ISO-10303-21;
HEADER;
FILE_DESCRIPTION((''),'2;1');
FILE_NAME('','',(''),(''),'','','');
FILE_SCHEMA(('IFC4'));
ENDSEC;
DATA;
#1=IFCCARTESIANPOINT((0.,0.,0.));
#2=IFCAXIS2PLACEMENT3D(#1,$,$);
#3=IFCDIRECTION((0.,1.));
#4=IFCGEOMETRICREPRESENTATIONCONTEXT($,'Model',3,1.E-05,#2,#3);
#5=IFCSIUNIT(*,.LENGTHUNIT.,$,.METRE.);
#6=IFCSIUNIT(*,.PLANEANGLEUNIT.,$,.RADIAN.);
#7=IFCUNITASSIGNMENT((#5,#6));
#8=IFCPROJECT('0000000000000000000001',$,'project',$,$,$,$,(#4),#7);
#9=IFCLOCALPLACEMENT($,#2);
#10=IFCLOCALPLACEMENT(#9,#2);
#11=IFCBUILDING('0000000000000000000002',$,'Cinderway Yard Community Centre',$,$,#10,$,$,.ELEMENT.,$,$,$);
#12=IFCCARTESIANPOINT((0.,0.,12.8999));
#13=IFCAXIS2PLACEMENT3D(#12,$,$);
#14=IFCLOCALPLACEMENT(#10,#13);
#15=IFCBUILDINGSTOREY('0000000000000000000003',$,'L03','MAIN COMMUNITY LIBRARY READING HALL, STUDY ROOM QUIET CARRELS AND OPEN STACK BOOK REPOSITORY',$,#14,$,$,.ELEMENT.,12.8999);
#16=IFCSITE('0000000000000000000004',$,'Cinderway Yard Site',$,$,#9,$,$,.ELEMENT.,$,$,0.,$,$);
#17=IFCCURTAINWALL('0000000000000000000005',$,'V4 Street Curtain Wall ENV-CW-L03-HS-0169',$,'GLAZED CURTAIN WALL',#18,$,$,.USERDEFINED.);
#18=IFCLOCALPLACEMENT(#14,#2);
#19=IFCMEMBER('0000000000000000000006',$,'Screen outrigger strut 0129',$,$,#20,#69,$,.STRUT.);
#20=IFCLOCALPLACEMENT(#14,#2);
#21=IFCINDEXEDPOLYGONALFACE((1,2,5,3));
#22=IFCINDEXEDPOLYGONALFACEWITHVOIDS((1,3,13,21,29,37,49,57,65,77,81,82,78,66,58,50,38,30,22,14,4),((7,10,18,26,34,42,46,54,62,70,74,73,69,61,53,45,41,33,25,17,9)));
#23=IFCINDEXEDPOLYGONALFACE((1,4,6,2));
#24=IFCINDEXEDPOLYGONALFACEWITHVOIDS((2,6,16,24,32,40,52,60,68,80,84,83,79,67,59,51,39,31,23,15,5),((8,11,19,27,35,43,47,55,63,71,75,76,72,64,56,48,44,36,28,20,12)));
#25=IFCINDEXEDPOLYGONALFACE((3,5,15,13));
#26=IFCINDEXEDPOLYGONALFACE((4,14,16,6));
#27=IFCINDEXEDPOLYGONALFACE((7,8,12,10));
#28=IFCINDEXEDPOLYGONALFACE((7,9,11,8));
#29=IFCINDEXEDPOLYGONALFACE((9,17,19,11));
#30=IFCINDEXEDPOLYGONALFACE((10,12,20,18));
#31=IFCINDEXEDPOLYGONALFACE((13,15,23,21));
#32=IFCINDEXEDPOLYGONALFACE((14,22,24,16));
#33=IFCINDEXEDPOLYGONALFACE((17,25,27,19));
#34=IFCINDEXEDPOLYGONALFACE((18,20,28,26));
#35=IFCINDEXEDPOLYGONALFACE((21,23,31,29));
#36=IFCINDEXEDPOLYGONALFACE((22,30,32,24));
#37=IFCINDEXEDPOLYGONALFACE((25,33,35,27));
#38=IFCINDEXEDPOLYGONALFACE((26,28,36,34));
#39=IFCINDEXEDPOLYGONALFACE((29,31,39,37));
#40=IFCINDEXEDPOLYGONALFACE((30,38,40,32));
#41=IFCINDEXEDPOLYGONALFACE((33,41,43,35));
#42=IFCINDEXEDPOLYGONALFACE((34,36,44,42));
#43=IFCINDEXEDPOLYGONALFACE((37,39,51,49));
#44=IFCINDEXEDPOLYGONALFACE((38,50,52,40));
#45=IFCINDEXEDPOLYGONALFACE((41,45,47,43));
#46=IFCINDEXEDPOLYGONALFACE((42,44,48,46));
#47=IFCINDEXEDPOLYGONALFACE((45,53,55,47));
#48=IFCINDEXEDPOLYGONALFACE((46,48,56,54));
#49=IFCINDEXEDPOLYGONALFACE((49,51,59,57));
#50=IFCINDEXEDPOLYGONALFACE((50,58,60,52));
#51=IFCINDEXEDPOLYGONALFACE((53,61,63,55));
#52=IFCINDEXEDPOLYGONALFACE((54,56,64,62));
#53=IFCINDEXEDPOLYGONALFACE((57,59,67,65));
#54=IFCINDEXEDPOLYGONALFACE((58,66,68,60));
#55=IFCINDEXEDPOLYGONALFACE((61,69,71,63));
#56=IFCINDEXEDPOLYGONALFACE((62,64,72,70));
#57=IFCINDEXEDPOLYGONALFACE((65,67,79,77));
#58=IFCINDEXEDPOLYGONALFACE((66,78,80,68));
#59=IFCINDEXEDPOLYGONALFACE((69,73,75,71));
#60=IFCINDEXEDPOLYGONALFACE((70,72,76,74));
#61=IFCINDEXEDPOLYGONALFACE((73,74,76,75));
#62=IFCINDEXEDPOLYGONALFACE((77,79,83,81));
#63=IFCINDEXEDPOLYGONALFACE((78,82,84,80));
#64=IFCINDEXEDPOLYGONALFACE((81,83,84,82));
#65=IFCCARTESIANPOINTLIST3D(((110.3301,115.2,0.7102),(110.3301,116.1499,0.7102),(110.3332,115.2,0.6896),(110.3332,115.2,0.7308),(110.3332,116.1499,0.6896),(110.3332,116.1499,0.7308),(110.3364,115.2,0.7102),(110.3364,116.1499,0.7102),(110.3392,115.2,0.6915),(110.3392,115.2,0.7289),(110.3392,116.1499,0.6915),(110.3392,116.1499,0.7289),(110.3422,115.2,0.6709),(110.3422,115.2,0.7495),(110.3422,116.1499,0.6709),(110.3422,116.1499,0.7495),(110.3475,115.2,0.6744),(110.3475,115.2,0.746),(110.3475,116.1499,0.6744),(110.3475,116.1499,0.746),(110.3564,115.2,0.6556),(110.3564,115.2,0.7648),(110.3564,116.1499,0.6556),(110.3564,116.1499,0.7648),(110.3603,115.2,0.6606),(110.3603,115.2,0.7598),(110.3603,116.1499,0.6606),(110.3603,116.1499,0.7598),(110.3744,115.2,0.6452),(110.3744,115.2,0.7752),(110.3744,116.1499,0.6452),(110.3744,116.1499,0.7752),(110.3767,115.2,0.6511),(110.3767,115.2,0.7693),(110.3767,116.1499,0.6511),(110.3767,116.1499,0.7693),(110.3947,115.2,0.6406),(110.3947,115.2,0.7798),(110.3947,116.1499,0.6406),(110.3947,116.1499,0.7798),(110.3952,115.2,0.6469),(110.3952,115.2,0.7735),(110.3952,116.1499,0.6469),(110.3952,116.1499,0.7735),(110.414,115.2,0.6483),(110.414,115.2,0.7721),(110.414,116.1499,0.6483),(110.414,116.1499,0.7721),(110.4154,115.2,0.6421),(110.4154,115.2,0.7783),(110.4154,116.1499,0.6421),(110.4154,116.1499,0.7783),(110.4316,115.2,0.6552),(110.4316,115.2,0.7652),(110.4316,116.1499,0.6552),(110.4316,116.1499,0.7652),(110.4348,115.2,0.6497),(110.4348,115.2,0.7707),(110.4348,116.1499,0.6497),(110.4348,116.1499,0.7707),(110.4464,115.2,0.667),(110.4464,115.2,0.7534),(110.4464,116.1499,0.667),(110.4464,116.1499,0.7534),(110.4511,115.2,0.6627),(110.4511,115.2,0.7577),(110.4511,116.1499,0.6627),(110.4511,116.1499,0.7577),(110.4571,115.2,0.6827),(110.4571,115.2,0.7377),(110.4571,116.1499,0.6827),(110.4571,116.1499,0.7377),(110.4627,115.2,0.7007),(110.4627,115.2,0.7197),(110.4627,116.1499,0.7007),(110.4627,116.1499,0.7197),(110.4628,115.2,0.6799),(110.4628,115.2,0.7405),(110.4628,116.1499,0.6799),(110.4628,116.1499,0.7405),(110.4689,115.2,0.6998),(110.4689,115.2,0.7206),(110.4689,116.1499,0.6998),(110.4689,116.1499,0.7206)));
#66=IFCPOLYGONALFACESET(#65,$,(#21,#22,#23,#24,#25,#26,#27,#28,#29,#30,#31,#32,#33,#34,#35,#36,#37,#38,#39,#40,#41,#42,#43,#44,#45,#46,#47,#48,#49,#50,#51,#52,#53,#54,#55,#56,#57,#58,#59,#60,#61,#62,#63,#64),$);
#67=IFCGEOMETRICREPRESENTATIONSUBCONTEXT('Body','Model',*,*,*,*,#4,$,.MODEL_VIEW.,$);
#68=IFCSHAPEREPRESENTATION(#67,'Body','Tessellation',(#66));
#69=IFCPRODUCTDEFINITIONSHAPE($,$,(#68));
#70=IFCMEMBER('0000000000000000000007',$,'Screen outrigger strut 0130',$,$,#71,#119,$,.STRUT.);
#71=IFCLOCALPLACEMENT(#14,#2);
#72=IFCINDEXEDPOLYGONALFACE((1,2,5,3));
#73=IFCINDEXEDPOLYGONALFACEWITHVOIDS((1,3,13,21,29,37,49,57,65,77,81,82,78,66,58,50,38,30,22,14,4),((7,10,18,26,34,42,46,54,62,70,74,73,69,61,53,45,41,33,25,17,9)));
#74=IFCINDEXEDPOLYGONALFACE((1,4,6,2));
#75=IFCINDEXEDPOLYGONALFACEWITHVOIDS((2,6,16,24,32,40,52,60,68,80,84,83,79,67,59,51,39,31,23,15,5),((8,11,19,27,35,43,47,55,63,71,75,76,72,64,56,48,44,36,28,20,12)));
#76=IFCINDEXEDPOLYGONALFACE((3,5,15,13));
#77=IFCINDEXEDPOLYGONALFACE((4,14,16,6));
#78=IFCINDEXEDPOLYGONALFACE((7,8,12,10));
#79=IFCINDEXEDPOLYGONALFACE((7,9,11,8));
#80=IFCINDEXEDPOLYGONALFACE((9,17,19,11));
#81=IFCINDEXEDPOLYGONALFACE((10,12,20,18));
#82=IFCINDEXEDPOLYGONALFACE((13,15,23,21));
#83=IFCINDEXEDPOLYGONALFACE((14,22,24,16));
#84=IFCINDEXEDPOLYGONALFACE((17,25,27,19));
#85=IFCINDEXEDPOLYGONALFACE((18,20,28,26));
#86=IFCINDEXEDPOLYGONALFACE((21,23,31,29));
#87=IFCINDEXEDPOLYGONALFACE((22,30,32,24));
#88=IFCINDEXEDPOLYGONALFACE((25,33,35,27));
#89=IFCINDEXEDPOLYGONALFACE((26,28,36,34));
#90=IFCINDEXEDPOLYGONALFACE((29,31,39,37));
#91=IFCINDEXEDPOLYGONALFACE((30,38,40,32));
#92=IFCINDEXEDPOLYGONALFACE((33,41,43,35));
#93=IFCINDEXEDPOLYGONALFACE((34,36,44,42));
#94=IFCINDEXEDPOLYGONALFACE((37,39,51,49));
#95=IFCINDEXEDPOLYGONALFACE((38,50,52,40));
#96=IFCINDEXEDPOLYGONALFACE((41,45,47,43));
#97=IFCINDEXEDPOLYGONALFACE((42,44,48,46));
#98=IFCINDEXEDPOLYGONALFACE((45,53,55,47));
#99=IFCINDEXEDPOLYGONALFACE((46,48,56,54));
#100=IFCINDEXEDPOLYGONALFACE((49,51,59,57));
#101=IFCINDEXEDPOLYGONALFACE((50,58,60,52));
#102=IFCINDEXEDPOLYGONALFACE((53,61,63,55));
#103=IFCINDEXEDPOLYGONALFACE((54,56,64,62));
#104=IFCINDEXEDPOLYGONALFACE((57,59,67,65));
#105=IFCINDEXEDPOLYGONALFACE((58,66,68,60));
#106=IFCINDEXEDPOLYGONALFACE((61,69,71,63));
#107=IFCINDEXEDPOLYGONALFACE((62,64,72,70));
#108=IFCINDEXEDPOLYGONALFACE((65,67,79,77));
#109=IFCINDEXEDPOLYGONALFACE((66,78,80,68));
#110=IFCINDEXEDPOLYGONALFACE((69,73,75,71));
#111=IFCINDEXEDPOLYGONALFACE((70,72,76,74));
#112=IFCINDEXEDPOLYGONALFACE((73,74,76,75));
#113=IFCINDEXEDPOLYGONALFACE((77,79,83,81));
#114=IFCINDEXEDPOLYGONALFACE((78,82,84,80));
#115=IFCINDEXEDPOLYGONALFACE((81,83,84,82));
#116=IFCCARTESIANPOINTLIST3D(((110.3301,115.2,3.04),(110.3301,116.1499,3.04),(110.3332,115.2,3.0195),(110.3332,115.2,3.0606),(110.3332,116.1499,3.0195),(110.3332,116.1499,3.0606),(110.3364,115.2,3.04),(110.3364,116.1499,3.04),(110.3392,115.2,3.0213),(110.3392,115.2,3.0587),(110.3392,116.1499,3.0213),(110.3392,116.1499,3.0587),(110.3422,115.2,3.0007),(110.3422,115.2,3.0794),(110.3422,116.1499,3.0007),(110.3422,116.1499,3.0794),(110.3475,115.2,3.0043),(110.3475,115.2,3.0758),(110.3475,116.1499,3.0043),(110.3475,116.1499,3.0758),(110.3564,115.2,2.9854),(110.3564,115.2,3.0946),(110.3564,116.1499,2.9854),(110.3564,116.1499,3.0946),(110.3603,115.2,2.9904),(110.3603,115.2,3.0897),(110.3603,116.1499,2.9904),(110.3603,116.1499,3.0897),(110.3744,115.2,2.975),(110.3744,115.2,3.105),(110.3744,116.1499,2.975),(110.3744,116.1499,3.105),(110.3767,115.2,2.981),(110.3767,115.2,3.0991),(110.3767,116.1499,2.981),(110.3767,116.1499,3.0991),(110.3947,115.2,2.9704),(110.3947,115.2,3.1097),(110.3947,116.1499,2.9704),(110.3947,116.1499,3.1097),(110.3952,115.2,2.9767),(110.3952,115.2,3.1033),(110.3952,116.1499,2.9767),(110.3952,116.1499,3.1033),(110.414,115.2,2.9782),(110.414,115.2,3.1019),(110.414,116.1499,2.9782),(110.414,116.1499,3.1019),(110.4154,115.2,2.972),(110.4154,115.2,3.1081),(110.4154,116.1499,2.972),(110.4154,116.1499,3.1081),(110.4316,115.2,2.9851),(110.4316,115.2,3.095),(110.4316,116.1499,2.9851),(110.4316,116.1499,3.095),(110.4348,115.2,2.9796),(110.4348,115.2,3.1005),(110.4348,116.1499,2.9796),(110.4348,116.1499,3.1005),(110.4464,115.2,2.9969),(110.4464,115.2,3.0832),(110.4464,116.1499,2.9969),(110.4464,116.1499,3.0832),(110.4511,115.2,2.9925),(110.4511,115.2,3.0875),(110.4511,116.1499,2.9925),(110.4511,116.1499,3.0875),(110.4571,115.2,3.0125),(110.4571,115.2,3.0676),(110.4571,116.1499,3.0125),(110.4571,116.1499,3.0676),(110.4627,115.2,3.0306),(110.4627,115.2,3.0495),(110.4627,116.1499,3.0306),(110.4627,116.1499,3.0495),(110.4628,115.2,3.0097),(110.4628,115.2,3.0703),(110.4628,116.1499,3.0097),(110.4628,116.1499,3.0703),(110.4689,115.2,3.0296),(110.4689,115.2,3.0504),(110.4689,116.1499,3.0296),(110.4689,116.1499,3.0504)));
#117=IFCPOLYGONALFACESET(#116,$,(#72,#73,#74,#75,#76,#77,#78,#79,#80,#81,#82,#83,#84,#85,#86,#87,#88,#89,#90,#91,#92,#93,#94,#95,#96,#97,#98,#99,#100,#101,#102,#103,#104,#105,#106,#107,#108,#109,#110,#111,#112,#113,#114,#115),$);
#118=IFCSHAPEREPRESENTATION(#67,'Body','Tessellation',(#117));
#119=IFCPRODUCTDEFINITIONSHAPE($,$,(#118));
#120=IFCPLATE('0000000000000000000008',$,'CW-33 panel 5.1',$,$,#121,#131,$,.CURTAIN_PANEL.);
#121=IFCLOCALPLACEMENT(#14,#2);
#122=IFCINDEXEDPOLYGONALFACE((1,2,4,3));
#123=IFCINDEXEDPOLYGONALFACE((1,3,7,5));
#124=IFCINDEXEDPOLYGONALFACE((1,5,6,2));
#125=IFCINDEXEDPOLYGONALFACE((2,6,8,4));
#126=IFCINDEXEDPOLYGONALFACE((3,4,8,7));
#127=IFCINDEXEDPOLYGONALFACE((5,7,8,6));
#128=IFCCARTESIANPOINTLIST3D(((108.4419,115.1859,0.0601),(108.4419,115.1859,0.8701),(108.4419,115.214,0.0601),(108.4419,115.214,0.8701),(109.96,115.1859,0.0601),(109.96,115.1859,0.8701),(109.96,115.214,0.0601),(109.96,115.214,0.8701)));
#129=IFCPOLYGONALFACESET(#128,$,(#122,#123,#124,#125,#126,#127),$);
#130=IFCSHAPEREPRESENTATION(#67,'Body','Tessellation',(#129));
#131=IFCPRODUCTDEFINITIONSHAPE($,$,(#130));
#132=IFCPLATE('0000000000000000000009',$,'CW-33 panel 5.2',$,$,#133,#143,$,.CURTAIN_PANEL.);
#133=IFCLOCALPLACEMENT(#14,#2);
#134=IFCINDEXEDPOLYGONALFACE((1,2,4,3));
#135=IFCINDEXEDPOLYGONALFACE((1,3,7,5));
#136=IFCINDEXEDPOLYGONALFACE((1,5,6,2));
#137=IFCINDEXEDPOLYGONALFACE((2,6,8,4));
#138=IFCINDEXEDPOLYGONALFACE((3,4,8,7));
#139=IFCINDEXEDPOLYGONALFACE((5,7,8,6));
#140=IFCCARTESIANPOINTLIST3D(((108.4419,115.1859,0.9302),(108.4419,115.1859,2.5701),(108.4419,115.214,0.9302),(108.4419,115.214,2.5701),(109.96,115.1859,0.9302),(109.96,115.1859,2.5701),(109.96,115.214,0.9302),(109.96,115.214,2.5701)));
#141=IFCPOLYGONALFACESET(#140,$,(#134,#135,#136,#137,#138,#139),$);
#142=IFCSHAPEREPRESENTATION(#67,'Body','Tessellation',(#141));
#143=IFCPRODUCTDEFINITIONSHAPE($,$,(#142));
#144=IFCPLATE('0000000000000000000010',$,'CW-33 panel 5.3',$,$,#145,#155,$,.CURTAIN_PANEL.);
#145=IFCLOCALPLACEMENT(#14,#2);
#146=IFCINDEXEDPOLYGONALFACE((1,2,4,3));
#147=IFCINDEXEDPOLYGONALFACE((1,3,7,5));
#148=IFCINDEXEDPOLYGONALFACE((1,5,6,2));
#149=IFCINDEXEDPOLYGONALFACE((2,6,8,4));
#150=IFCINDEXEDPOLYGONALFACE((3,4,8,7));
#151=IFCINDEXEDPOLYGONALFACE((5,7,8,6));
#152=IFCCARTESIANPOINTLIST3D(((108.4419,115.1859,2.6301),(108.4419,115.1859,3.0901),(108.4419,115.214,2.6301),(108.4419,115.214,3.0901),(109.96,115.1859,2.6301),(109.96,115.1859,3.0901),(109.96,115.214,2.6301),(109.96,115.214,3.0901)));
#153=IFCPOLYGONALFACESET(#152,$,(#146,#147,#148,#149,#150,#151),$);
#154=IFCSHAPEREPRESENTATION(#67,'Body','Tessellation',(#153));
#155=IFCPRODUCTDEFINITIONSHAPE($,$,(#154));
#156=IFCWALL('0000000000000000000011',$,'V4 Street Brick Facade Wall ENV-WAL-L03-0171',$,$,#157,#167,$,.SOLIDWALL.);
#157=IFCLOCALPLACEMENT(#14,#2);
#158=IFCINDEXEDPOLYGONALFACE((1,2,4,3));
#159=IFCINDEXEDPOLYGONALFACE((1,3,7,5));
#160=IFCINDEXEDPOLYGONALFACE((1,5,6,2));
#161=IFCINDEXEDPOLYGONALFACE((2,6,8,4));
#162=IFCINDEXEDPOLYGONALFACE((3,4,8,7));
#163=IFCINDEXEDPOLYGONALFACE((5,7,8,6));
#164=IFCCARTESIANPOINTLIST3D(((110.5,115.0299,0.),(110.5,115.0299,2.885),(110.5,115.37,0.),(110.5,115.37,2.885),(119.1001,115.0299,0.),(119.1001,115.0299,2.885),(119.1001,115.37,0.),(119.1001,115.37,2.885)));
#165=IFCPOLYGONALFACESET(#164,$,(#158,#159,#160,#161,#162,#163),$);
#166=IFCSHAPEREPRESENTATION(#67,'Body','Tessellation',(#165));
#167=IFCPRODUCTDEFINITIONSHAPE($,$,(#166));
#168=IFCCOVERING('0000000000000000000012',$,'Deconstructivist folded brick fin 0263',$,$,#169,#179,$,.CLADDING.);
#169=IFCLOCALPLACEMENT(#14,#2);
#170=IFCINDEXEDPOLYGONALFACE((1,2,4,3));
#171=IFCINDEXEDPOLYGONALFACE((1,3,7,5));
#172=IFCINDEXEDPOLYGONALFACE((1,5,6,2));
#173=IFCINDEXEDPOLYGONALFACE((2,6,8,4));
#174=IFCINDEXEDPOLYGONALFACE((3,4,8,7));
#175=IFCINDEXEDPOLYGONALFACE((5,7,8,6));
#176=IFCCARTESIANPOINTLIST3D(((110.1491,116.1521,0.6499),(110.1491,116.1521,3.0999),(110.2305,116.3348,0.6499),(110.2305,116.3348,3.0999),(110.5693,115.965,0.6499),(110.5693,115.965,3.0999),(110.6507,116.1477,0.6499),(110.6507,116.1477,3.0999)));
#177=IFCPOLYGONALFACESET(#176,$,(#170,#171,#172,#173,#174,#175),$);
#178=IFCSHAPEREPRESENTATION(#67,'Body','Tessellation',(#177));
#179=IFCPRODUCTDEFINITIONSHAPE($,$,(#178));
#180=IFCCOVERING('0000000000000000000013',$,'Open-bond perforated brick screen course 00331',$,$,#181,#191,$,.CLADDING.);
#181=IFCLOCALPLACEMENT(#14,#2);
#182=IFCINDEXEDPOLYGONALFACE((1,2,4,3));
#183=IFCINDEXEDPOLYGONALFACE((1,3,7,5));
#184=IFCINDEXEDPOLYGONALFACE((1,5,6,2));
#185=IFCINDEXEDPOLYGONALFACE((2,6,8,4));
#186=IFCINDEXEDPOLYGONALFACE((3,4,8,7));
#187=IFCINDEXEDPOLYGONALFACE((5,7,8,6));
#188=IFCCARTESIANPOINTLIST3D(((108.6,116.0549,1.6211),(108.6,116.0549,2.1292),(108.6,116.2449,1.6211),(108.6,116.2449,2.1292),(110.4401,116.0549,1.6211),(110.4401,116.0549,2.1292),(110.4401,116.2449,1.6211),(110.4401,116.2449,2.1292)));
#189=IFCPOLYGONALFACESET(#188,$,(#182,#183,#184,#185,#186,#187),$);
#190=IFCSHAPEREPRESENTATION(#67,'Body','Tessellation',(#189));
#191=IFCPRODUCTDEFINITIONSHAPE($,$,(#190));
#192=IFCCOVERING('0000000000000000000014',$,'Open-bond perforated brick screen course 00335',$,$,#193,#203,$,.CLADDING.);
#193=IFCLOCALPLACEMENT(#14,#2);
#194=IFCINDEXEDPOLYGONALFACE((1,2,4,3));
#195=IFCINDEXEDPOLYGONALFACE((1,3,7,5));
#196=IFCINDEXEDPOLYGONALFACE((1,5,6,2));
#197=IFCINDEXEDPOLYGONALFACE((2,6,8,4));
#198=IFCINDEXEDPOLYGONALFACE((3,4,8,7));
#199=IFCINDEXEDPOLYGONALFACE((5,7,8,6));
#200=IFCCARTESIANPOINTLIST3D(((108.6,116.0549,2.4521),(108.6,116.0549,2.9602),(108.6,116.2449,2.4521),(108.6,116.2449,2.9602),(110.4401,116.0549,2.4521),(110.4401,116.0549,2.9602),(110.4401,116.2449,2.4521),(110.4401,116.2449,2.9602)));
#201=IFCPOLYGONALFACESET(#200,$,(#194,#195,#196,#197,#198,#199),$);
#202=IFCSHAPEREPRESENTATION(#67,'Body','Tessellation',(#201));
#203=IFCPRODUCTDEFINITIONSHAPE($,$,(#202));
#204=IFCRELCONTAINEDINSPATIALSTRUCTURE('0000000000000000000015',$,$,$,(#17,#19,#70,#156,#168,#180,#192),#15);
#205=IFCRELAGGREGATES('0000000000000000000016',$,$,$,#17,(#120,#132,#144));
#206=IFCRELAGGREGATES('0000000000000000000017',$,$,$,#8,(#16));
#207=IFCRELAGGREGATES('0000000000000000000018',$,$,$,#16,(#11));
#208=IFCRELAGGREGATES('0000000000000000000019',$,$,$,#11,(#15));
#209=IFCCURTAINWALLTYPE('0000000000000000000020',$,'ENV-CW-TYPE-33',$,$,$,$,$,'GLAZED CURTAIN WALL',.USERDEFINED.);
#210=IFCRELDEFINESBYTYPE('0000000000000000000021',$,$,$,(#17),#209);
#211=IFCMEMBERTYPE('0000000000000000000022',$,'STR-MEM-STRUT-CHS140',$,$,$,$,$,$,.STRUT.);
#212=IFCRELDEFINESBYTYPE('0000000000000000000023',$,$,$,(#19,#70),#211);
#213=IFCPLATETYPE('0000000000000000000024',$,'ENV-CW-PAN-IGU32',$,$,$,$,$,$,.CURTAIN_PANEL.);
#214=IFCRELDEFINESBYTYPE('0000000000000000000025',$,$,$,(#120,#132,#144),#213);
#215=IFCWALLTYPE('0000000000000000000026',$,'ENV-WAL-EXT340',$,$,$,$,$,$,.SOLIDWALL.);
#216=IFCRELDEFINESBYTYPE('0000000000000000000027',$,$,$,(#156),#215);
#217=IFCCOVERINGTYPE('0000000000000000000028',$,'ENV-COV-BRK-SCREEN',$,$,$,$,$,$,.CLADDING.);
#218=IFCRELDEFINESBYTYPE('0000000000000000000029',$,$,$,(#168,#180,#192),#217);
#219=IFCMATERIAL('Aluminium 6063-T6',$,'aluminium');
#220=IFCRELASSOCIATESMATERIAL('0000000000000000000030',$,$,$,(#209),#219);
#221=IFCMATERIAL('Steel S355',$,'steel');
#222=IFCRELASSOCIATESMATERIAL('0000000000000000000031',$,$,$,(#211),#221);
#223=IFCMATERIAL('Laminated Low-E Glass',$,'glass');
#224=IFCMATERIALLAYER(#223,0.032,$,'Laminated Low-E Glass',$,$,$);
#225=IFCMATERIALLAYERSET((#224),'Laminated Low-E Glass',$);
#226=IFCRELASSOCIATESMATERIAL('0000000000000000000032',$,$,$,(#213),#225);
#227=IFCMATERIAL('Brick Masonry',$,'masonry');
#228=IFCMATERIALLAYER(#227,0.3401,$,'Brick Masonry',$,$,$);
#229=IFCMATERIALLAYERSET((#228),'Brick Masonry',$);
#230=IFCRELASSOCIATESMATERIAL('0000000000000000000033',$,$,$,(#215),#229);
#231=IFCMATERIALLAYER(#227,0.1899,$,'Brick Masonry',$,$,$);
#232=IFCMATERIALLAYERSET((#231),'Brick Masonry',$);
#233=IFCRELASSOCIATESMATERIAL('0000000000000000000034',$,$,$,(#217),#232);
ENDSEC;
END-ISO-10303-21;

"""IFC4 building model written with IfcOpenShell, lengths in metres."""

from ifc_helpers import new_model, si_unit, direction, frame, frame_2d, origin, origin_2d, place, context, subcontext, project, spatial, rectangle, hollow_circle, extrude, material, layer, layer_set, material_profile, profile_set, type_object, element, aggregate, save


model = new_model("IFC4")

# Units and contexts
model_context = context("Model", 3, precision=1e-05, world=origin(), true_north=direction((0.0, 1.0)))
body_context = subcontext(model_context, "Body", "Model", "MODEL_VIEW")
ifc_project = project(units=[si_unit("LENGTHUNIT", "METRE"), si_unit("PLANEANGLEUNIT", "RADIAN")], contexts=[model_context])

# Site, building, storey
site_placement = place(None, origin())
site = spatial("IfcSite", under=ifc_project, at=site_placement, Name="Cinderway Yard Site", CompositionType="ELEMENT", RefElevation=0.0)
building_placement = place(site_placement, origin())
building = spatial("IfcBuilding", under=site, at=building_placement, Name="Cinderway Yard Community Centre", CompositionType="ELEMENT")
storey_placement = place(building_placement, frame((0.0, 0.0, 12.8999)))
storey = spatial("IfcBuildingStorey", under=building, at=storey_placement, Name="L03", Description="MAIN COMMUNITY LIBRARY READING HALL, STUDY ROOM QUIET CARRELS AND OPEN STACK BOOK REPOSITORY", CompositionType="ELEMENT", Elevation=12.8999)

# Curtain wall
ifc_material_1 = material(Name="Aluminium 6063-T6", Category="aluminium")
curtain_wall_type = type_object("IfcCurtainWallType", Name="ENV-CW-TYPE-33", ElementType="GLAZED CURTAIN WALL", PredefinedType="USERDEFINED", material=ifc_material_1)
curtain_wall_placement = place(storey_placement, origin())
curtain_wall = element("IfcCurtainWall", 1, at=curtain_wall_placement, inside=storey, type_object=curtain_wall_type, Name="V4 Street Curtain Wall ENV-CW-L03-HS-0169", ObjectType="GLAZED CURTAIN WALL", PredefinedType="USERDEFINED")

# Shared definitions
ifc_material_2 = material(Name="Steel S355", Category="steel")

# Members
ifc_material_profile_1 = material_profile(ifc_material_2, hollow_circle(Radius=0.0698, WallThickness=0.0063, at=origin_2d()), Name="Steel S355")
ifc_profile_set_1 = profile_set([ifc_material_profile_1], Name="Steel S355")
member_type_1 = type_object("IfcMemberType", Name="STR-MEM-STRUT-CHS140", PredefinedType="STRUT", material=ifc_profile_set_1)
for number, where, z_axis, x_axis, name in (
    (2, (110.3999, 115.2, 0.7102), (0.0, 1.0, 0.0), (-1.0, 0.0, 0.0), "Screen outrigger strut 0129"),
    (3, (110.3999, 115.2, 3.04), (0.0, 1.0, 0.0), (-1.0, 0.0, 0.0), "Screen outrigger strut 0130"),
):
    element("IfcMember", number, at=place(storey_placement, frame(where, z_axis=z_axis, x_axis=x_axis)), inside=storey, type_object=member_type_1, Name=name, PredefinedType="STRUT", context=body_context, shape_type="SweptSolid", body=[
        extrude(hollow_circle(Radius=0.0698, WallThickness=0.0063, at=origin_2d()), origin(), (0.0, 0.0, 1.0), 0.95),
    ])

# Plates
ifc_material_3 = material(Name="Laminated Low-E Glass", Category="glass")
ifc_layer_1 = layer(ifc_material_3, 0.032, Name="Laminated Low-E Glass")
ifc_layer_set_1 = layer_set([ifc_layer_1], Name="Laminated Low-E Glass")
plate_type = type_object("IfcPlateType", Name="ENV-CW-PAN-IGU32", PredefinedType="CURTAIN_PANEL", material=ifc_layer_set_1)
plate_1_placement = place(storey_placement, frame((109.2009, 115.2, 0.0601), z_axis=(0.0, 0.0, 1.0), x_axis=(1.0, 0.0, 0.0)))
plate_1 = element("IfcPlate", 4, at=plate_1_placement, type_object=plate_type, Name="CW-33 panel 5.1", PredefinedType="CURTAIN_PANEL", context=body_context, shape_type="SweptSolid", body=[
    extrude(rectangle(XDim=1.5181, YDim=0.0281, at=origin_2d()), origin(), (0.0, 0.0, 1.0), 0.8101),
])
plate_2_placement = place(storey_placement, frame((109.2009, 115.2, 0.9302), z_axis=(0.0, 0.0, 1.0), x_axis=(1.0, 0.0, 0.0)))
plate_2 = element("IfcPlate", 5, at=plate_2_placement, type_object=plate_type, Name="CW-33 panel 5.2", PredefinedType="CURTAIN_PANEL", context=body_context, shape_type="SweptSolid", body=[
    extrude(rectangle(XDim=1.5181, YDim=0.0281, at=origin_2d()), origin(), (0.0, 0.0, 1.0), 1.6399),
])
plate_3_placement = place(storey_placement, frame((109.2009, 115.2, 2.6301), z_axis=(0.0, 0.0, 1.0), x_axis=(1.0, 0.0, 0.0)))
plate_3 = element("IfcPlate", 6, at=plate_3_placement, type_object=plate_type, Name="CW-33 panel 5.3", PredefinedType="CURTAIN_PANEL", context=body_context, shape_type="SweptSolid", body=[
    extrude(rectangle(XDim=1.5181, YDim=0.0281, at=origin_2d()), origin(), (0.0, 0.0, 1.0), 0.46),
])
aggregate(curtain_wall, [plate_1, plate_2, plate_3])

# Wall
ifc_material_4 = material(Name="Brick Masonry", Category="masonry")
ifc_layer_2 = layer(ifc_material_4, 0.3401, Name="Brick Masonry")
ifc_layer_set_2 = layer_set([ifc_layer_2], Name="Brick Masonry")
wall_type = type_object("IfcWallType", Name="ENV-WAL-EXT340", PredefinedType="SOLIDWALL", material=ifc_layer_set_2)
wall_placement = place(storey_placement, frame((110.5, 115.2, 0.0), z_axis=(0.0, 0.0, 1.0), x_axis=(1.0, 0.0, 0.0)))
element("IfcWall", 7, at=wall_placement, inside=storey, type_object=wall_type, Name="V4 Street Brick Facade Wall ENV-WAL-L03-0171", PredefinedType="SOLIDWALL", context=body_context, shape_type="SweptSolid", body=[
    extrude(rectangle(XDim=8.6001, YDim=0.3401, at=frame_2d((4.3, 0.0))), origin(), (0.0, 0.0, 1.0), 2.885),
])

# Coverings
ifc_layer_3 = layer(ifc_material_4, 0.1899, Name="Brick Masonry")
ifc_layer_set_3 = layer_set([ifc_layer_3], Name="Brick Masonry")
covering_type = type_object("IfcCoveringType", Name="ENV-COV-BRK-SCREEN", PredefinedType="CLADDING", material=ifc_layer_set_3)
covering_placement = place(storey_placement, frame((110.3999, 116.1499, 0.6499), z_axis=(0.0, 0.0, 1.0), x_axis=(0.913545, -0.406737, 0.0)))
element("IfcCovering", 8, at=covering_placement, inside=storey, type_object=covering_type, Name="Deconstructivist folded brick fin 0263", PredefinedType="CLADDING", context=body_context, shape_type="SweptSolid", body=[
    extrude(rectangle(XDim=0.46, YDim=0.2, at=origin_2d()), origin(), (0.0, 0.0, 1.0), 2.45),
])
for number, where, z_axis, x_axis, name in (
    (9, (109.52, 116.1499, 1.6211), (0.0, 0.0, 1.0), (1.0, 0.0, 0.0), "Open-bond perforated brick screen course 00331"),
    (10, (109.52, 116.1499, 2.4521), (0.0, 0.0, 1.0), (1.0, 0.0, 0.0), "Open-bond perforated brick screen course 00335"),
):
    element("IfcCovering", number, at=place(storey_placement, frame(where, z_axis=z_axis, x_axis=x_axis)), inside=storey, type_object=covering_type, Name=name, PredefinedType="CLADDING", context=body_context, shape_type="SweptSolid", body=[
        extrude(rectangle(XDim=1.8401, YDim=0.1899, at=origin_2d()), origin(), (0.0, 0.0, 1.0), 0.5081),
    ])

save(model, "model.ifc")
